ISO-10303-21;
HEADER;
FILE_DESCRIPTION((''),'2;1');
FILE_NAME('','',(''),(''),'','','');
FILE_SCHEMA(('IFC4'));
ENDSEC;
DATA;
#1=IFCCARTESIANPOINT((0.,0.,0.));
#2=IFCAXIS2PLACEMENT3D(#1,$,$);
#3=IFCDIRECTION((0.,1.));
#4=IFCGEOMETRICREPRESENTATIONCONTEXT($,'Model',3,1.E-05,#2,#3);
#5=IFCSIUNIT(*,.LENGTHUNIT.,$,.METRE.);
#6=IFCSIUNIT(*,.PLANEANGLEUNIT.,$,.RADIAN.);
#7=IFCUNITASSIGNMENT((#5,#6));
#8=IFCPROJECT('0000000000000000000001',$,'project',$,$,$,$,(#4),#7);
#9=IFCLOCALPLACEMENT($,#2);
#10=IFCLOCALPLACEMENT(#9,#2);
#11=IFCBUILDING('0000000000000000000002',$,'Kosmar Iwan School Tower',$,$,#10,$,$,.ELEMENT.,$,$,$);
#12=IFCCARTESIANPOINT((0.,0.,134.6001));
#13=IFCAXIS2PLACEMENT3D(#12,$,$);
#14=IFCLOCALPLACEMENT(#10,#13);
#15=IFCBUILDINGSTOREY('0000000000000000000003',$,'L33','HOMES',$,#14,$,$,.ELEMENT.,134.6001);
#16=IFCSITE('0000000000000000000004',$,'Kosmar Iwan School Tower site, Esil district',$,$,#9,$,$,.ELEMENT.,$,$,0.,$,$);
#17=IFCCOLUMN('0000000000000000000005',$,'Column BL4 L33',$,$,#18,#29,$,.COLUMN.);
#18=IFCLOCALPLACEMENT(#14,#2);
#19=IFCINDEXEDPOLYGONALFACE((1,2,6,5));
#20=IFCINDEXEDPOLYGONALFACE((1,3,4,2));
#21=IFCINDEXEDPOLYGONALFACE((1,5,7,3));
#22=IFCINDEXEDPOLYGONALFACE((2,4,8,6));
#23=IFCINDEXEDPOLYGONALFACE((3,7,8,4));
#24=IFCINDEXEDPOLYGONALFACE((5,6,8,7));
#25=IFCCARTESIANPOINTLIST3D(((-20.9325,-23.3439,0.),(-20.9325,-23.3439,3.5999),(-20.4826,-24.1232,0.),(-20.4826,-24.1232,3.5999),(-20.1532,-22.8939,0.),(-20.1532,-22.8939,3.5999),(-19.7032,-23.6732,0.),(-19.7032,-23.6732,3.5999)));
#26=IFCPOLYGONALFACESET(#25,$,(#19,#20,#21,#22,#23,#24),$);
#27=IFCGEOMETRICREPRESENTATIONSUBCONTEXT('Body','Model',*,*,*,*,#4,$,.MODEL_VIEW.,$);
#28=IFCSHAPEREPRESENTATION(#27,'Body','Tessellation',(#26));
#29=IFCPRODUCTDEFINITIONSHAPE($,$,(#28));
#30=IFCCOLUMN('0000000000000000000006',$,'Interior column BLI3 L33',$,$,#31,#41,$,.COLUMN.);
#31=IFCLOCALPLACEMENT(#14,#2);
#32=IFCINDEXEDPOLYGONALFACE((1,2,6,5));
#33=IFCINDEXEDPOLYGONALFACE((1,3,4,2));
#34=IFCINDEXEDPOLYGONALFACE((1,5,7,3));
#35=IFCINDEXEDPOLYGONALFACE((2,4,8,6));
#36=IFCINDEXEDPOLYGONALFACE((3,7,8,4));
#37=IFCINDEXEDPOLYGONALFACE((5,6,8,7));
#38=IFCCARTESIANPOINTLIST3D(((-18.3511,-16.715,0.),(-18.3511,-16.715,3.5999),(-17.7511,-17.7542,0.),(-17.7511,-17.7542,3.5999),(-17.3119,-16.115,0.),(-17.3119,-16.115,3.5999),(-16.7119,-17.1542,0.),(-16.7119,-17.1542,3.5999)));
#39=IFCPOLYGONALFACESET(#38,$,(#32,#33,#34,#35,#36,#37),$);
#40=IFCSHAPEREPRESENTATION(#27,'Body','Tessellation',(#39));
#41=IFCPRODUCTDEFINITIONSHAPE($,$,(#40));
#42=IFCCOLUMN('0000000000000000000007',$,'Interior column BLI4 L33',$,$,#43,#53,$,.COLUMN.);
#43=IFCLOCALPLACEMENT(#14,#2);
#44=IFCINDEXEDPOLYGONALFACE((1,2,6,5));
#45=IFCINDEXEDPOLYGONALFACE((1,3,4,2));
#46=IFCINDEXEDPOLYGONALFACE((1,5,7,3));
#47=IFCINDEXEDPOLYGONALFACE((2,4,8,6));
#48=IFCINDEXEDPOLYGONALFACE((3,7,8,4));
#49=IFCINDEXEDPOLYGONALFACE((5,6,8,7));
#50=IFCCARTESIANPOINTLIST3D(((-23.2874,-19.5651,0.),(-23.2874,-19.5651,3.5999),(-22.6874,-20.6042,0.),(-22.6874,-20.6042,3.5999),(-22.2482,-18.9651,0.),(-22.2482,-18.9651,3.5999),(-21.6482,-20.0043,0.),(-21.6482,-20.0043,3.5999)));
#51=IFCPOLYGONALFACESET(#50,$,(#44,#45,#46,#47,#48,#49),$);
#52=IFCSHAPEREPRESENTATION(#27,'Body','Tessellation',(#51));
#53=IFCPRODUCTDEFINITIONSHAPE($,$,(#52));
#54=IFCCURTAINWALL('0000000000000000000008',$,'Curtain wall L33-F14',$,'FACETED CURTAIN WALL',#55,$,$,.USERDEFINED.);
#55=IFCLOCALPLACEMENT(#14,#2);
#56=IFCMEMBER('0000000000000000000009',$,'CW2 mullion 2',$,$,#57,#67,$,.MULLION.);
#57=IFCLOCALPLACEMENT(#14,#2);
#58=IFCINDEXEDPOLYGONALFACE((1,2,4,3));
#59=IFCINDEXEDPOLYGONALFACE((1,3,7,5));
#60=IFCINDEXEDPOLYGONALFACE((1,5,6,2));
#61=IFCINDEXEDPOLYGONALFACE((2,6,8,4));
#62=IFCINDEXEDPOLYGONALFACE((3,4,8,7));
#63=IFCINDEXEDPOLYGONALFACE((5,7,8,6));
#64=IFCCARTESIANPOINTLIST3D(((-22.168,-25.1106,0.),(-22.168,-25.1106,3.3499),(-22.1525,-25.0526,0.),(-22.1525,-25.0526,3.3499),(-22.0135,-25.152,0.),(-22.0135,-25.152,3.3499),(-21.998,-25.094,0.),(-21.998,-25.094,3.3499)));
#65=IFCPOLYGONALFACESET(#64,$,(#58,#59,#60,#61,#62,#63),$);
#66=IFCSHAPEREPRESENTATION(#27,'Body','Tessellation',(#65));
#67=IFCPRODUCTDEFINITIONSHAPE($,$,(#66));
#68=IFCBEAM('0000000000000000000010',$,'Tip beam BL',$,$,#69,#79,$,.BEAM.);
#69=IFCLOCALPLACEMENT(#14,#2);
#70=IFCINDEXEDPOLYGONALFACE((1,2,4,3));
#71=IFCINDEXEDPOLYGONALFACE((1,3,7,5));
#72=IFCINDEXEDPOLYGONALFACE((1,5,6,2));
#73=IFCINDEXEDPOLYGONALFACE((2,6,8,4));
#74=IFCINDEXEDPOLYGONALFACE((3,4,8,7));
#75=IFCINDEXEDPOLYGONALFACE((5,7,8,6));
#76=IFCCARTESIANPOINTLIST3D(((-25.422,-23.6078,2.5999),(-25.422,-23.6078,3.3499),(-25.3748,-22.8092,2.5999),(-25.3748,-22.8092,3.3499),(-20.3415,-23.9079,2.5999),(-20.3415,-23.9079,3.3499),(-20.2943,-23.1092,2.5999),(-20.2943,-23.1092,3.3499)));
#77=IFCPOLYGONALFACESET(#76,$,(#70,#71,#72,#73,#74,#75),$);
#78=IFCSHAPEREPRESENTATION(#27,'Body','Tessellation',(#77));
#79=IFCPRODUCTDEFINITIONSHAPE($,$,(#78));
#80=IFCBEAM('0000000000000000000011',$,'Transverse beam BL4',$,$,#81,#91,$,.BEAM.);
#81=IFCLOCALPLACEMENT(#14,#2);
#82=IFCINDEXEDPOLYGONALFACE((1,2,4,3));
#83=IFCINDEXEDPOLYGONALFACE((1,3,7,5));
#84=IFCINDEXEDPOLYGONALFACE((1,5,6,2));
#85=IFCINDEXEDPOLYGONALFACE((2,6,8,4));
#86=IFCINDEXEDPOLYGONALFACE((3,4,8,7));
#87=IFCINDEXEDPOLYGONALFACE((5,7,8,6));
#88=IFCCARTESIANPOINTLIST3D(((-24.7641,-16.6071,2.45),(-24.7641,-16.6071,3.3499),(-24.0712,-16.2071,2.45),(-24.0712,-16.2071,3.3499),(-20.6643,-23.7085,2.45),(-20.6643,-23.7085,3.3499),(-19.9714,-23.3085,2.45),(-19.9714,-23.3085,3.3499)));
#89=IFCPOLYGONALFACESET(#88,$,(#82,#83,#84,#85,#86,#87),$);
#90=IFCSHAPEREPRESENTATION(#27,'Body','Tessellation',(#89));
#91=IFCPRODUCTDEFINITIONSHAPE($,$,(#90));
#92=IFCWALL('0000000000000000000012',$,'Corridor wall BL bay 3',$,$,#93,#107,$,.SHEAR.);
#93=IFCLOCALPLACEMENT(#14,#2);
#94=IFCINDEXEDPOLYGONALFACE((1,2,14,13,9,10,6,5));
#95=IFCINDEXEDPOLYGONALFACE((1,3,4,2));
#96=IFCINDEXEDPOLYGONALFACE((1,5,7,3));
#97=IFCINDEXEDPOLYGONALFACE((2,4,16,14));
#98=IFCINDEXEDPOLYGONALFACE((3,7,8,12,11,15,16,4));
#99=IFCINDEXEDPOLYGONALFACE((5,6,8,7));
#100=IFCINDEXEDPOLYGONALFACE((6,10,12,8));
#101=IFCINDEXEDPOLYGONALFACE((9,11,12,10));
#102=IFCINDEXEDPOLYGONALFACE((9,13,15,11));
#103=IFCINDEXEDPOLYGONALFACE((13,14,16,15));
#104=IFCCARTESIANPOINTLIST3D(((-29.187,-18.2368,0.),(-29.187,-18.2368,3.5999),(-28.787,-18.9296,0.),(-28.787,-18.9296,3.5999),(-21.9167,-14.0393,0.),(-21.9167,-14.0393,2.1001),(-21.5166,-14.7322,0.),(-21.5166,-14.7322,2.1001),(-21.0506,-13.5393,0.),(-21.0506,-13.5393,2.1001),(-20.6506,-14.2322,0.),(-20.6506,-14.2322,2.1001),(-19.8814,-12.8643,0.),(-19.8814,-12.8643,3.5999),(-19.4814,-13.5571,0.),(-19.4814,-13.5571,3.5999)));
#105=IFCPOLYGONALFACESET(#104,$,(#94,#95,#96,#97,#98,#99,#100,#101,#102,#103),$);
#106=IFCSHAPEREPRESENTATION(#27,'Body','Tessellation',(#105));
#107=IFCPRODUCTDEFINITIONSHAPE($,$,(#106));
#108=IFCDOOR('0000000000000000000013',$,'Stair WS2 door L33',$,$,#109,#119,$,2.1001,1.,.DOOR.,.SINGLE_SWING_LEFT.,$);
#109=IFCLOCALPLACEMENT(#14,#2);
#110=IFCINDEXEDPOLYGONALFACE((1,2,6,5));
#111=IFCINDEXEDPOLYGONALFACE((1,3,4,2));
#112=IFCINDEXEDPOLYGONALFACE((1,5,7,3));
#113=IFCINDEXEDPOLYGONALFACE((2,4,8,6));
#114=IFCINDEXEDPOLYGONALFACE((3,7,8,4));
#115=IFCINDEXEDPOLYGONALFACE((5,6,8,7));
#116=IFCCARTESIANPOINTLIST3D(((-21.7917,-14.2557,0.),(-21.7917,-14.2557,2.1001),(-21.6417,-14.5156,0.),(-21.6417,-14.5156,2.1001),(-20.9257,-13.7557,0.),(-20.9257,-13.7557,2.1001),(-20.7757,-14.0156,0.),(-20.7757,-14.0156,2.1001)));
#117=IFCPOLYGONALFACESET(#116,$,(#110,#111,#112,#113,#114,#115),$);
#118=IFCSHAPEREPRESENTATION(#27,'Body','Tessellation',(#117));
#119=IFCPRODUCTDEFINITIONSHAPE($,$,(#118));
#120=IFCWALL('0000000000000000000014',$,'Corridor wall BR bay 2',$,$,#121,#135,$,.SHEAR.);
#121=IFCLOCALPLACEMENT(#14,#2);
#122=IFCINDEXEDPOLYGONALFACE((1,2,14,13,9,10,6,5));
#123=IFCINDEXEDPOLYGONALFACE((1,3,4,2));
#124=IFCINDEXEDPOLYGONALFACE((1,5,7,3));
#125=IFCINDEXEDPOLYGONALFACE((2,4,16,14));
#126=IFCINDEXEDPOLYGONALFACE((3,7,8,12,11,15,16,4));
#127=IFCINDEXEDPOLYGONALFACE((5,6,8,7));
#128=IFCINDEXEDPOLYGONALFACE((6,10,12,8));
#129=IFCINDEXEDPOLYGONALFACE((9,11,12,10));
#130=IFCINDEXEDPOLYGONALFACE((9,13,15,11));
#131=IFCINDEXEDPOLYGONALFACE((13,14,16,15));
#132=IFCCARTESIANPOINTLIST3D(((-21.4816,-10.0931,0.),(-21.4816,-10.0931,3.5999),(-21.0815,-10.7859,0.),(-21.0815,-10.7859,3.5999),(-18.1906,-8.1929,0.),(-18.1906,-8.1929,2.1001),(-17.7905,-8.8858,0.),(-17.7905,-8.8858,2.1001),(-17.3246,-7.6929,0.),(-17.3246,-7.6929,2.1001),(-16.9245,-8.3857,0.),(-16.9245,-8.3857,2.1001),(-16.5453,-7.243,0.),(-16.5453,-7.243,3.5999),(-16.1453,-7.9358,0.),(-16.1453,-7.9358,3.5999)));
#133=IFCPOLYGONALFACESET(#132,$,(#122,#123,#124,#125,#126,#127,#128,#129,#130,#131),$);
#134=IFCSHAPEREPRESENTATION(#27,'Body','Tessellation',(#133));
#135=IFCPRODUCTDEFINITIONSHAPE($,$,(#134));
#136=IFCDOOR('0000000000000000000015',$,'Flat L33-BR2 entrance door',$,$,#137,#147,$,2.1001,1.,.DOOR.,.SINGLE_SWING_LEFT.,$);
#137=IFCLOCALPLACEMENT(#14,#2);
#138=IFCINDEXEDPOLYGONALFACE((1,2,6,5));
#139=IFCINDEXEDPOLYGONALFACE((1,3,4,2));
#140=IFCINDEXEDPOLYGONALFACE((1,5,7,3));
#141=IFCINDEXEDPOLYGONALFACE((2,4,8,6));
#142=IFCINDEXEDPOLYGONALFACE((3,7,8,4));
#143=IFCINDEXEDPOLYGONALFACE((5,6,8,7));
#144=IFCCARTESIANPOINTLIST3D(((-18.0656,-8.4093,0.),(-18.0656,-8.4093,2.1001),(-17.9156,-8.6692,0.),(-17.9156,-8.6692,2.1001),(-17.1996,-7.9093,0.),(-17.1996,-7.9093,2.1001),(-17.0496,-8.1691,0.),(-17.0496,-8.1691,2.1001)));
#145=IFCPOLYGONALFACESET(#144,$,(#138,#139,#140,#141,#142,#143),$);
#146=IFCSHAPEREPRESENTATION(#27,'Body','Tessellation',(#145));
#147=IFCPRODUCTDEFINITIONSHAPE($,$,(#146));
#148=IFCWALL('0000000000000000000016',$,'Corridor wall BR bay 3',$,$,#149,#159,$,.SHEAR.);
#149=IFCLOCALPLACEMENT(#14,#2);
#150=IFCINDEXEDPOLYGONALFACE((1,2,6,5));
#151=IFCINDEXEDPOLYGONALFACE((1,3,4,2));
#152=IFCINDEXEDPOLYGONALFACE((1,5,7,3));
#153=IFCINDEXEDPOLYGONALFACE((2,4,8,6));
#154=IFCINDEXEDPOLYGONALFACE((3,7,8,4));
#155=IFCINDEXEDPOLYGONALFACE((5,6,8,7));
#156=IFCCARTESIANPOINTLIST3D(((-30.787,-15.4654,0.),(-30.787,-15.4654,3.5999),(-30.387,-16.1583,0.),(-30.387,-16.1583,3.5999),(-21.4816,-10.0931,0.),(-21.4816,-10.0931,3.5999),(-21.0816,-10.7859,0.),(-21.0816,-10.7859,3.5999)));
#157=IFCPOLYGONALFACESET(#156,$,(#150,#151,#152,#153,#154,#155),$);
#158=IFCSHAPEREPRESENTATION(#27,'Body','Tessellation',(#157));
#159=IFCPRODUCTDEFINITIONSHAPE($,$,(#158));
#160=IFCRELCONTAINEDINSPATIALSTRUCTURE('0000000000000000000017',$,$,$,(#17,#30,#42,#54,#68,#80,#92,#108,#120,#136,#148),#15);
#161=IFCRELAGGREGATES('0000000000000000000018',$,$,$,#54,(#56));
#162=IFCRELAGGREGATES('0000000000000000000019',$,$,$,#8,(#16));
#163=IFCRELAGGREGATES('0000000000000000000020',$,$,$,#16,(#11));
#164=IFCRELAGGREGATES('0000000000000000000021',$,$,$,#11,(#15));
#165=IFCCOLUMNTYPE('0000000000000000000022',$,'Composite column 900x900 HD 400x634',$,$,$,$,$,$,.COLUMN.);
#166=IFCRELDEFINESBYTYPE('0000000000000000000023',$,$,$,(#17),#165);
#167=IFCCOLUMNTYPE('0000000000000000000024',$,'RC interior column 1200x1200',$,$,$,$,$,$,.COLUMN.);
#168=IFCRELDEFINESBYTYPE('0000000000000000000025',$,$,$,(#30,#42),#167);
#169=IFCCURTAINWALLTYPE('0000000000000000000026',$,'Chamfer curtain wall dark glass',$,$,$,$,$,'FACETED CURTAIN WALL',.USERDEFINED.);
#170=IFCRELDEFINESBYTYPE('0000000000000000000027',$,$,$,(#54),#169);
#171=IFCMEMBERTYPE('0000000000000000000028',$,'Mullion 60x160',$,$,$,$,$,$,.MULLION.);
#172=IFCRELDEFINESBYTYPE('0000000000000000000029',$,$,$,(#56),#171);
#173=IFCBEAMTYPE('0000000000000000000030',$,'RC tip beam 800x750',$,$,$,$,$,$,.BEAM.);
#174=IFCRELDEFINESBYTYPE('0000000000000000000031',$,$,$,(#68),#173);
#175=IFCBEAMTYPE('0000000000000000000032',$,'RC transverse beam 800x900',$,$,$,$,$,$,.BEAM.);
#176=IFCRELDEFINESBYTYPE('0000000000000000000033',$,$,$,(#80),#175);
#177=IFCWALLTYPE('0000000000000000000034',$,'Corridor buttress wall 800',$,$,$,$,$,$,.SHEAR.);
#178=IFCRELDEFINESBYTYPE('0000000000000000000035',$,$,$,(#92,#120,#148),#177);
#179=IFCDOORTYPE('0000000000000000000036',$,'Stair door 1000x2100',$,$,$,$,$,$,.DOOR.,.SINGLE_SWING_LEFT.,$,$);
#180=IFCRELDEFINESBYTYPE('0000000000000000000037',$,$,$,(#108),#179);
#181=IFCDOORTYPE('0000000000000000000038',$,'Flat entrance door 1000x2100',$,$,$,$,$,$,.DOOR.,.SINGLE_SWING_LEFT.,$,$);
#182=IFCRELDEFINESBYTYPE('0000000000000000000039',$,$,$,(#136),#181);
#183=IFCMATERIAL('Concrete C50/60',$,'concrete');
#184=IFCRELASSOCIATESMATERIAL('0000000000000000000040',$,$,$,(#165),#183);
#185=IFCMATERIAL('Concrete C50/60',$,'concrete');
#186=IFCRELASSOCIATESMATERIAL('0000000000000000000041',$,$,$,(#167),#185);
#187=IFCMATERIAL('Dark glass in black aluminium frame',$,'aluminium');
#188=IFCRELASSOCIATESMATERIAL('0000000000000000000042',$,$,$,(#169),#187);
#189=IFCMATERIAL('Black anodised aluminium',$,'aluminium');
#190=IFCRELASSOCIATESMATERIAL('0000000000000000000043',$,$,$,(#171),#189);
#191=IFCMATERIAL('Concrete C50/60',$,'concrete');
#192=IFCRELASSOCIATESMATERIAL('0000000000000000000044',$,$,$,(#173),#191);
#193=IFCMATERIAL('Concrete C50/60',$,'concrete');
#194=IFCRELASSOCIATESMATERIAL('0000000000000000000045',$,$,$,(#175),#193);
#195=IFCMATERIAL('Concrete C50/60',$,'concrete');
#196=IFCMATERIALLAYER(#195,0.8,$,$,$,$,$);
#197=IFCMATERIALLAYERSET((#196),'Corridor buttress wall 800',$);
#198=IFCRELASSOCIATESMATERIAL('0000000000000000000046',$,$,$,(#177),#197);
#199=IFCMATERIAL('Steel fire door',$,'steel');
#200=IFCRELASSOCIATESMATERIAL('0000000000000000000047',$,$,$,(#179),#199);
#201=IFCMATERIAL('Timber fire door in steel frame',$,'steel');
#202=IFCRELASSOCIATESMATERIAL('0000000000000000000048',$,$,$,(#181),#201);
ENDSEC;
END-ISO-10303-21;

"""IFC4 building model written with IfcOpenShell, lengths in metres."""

from ifc_helpers import new_model, si_unit, direction, frame, frame_2d, origin, origin_2d, place, context, subcontext, project, spatial, rectangle, extrude, material, layer, layer_set, material_profile, profile_set, type_object, element, fill, aggregate, save


model = new_model("IFC4")

# Units and contexts
model_context = context("Model", 3, precision=1e-05, world=origin(), true_north=direction((0.0, 1.0)))
body_context = subcontext(model_context, "Body", "Model", "MODEL_VIEW")
ifc_project = project(units=[si_unit("LENGTHUNIT", "METRE"), si_unit("PLANEANGLEUNIT", "RADIAN")], contexts=[model_context])

# Site, building, storey
site_placement = place(None, origin())
site = spatial("IfcSite", under=ifc_project, at=site_placement, Name="Kosmar Iwan School Tower site, Esil district", CompositionType="ELEMENT", RefElevation=0.0)
building_placement = place(site_placement, origin())
building = spatial("IfcBuilding", under=site, at=building_placement, Name="Kosmar Iwan School Tower", CompositionType="ELEMENT")
storey_placement = place(building_placement, frame((0.0, 0.0, 134.6001)))
storey = spatial("IfcBuildingStorey", under=building, at=storey_placement, Name="L33", Description="HOMES", CompositionType="ELEMENT", Elevation=134.6001)

# Columns
ifc_material_1 = material(Name="Concrete C50/60", Category="concrete")
ifc_material_profile_1 = material_profile(ifc_material_1, rectangle(XDim=0.8999, YDim=0.8999, at=origin_2d()), Name="RC 900x900 + HD 400x634")
ifc_profile_set_1 = profile_set([ifc_material_profile_1], Name="Concrete C50/60")
column_type_1 = type_object("IfcColumnType", Name="Composite column 900x900 HD 400x634", PredefinedType="COLUMN", material=ifc_profile_set_1)
column_placement = place(storey_placement, frame((-20.3179, -23.5085, 0.0), z_axis=(0.0, 0.0, 1.0), x_axis=(-0.866025, -0.5, 0.0)))
element("IfcColumn", 1, at=column_placement, inside=storey, type_object=column_type_1, Name="Column BL4 L33", PredefinedType="COLUMN", context=body_context, shape_type="SweptSolid", body=[
    extrude(rectangle(XDim=0.8999, YDim=0.8999, at=origin_2d()), origin(), (0.0, 0.0, 1.0), 3.5999),
])
ifc_material_2 = material(Name="Concrete C50/60", Category="concrete")
ifc_material_profile_2 = material_profile(ifc_material_2, rectangle(XDim=1.2, YDim=1.2, at=origin_2d()), Name="RC 1200x1200")
ifc_profile_set_2 = profile_set([ifc_material_profile_2], Name="Concrete C50/60")
column_type_2 = type_object("IfcColumnType", Name="RC interior column 1200x1200", PredefinedType="COLUMN", material=ifc_profile_set_2)
for number, where, z_axis, x_axis, name in (
    (2, (-17.5315, -16.9346, 0.0), (0.0, 0.0, 1.0), (-0.866025, -0.5, 0.0), "Interior column BLI3 L33"),
    (3, (-22.4678, -19.7847, 0.0), (0.0, 0.0, 1.0), (-0.866025, -0.5, 0.0), "Interior column BLI4 L33"),
):
    element("IfcColumn", number, at=place(storey_placement, frame(where, z_axis=z_axis, x_axis=x_axis)), inside=storey, type_object=column_type_2, Name=name, PredefinedType="COLUMN", context=body_context, shape_type="SweptSolid", body=[
        extrude(rectangle(XDim=1.2, YDim=1.2, at=origin_2d()), origin(), (0.0, 0.0, 1.0), 3.5999),
    ])

# Curtain wall, member
ifc_material_3 = material(Name="Dark glass in black aluminium frame", Category="aluminium")
curtain_wall_type = type_object("IfcCurtainWallType", Name="Chamfer curtain wall dark glass", ElementType="FACETED CURTAIN WALL", PredefinedType="USERDEFINED", material=ifc_material_3)
curtain_wall_placement = place(storey_placement, origin())
curtain_wall = element("IfcCurtainWall", 4, at=curtain_wall_placement, inside=storey, type_object=curtain_wall_type, Name="Curtain wall L33-F14", ObjectType="FACETED CURTAIN WALL", PredefinedType="USERDEFINED")
ifc_material_4 = material(Name="Black anodised aluminium", Category="aluminium")
ifc_material_profile_3 = material_profile(ifc_material_4, rectangle(XDim=0.0601, YDim=0.1599, at=origin_2d()), Name="MULLION 60x160")
ifc_profile_set_3 = profile_set([ifc_material_profile_3], Name="Black anodised aluminium")
member_type = type_object("IfcMemberType", Name="Mullion 60x160", PredefinedType="MULLION", material=ifc_profile_set_3)
member_placement = place(storey_placement, frame((-22.083, -25.1023, 0.0), z_axis=(0.0, 0.0, 1.0), x_axis=(0.258819, 0.965926, 0.0)))
member = element("IfcMember", 5, at=member_placement, type_object=member_type, Name="CW2 mullion 2", PredefinedType="MULLION", context=body_context, shape_type="SweptSolid", body=[
    extrude(rectangle(XDim=0.0601, YDim=0.1599, at=origin_2d()), origin(), (0.0, 0.0, 1.0), 3.3499),
])
aggregate(curtain_wall, [member])

# Beams
ifc_material_5 = material(Name="Concrete C50/60", Category="concrete")
ifc_material_profile_4 = material_profile(ifc_material_5, rectangle(XDim=0.8, YDim=0.75, at=origin_2d()), Name="RC 800x750")
ifc_profile_set_4 = profile_set([ifc_material_profile_4], Name="Concrete C50/60")
beam_type_1 = type_object("IfcBeamType", Name="RC tip beam 800x750", PredefinedType="BEAM", material=ifc_profile_set_4)
beam_1_placement = place(storey_placement, frame((-20.3179, -23.5085, 2.9749), z_axis=(-0.998261, 0.058955, 0.0), x_axis=(-0.058955, -0.998261, 0.0)))
element("IfcBeam", 6, at=beam_1_placement, inside=storey, type_object=beam_type_1, Name="Tip beam BL", PredefinedType="BEAM", context=body_context, shape_type="SweptSolid", body=[
    extrude(rectangle(XDim=0.8, YDim=0.75, at=origin_2d()), origin(), (0.0, 0.0, 1.0), 5.0894),
])
ifc_material_6 = material(Name="Concrete C50/60", Category="concrete")
ifc_material_profile_5 = material_profile(ifc_material_6, rectangle(XDim=0.8, YDim=0.8999, at=origin_2d()), Name="RC 800x900")
ifc_profile_set_5 = profile_set([ifc_material_profile_5], Name="Concrete C50/60")
beam_type_2 = type_object("IfcBeamType", Name="RC transverse beam 800x900", PredefinedType="BEAM", material=ifc_profile_set_5)
beam_2_placement = place(storey_placement, frame((-20.3179, -23.5085, 2.8999), z_axis=(-0.499978, 0.866038, 0.0), x_axis=(-0.866038, -0.499978, 0.0)))
element("IfcBeam", 7, at=beam_2_placement, inside=storey, type_object=beam_type_2, Name="Transverse beam BL4", PredefinedType="BEAM", context=body_context, shape_type="SweptSolid", body=[
    extrude(rectangle(XDim=0.8, YDim=0.8999, at=origin_2d()), origin(), (0.0, 0.0, 1.0), 8.2),
])

# Walls, openings, doors
ifc_material_7 = material(Name="Concrete C50/60", Category="concrete")
ifc_layer_1 = layer(ifc_material_7, 0.8)
ifc_layer_set_1 = layer_set([ifc_layer_1], Name="Corridor buttress wall 800")
wall_type_1 = type_object("IfcWallType", Name="Corridor buttress wall 800", PredefinedType="SHEAR", material=ifc_layer_set_1)
wall_1_placement = place(storey_placement, frame((-19.6814, -13.2107, 0.0), z_axis=(0.0, 0.0, 1.0), x_axis=(-0.866028, -0.499995, 0.0)))
wall_1 = element("IfcWall", 8, at=wall_1_placement, inside=storey, type_object=wall_type_1, Name="Corridor wall BL bay 3", PredefinedType="SHEAR", context=body_context, shape_type="SweptSolid", body=[
    extrude(rectangle(XDim=10.7451, YDim=0.8, at=frame_2d((5.3726, 0.0))), origin(), (0.0, 0.0, 1.0), 3.5999),
])
opening_1_placement = place(wall_1_placement, frame((1.3501, 0.0, 0.0)))
opening_1 = element("IfcOpeningElement", 9, at=opening_1_placement, cuts=wall_1, PredefinedType="OPENING", context=body_context, shape_type="SweptSolid", body=[
    extrude(rectangle(XDim=1.0, YDim=2.1001, at=frame_2d((0.5, 1.05))), frame((0.0, 0.4121, 0.0), z_axis=(0.0, -1.0, 0.0), x_axis=(1.0, 0.0, 0.0)), (0.0, 0.0, 1.0), 0.824),
])
ifc_material_8 = material(Name="Steel fire door", Category="steel")
door_type_1 = type_object("IfcDoorType", Name="Stair door 1000x2100", OperationType="SINGLE_SWING_LEFT", PredefinedType="DOOR", material=ifc_material_8)
door_1_placement = place(opening_1_placement, origin())
door_1 = element("IfcDoor", 10, at=door_1_placement, inside=storey, type_object=door_type_1, Name="Stair WS2 door L33", OperationType="SINGLE_SWING_LEFT", OverallHeight=2.1001, OverallWidth=1.0, PredefinedType="DOOR", context=body_context, shape_type="SweptSolid", body=[
    extrude(rectangle(XDim=1.0, YDim=2.1001, at=frame_2d((0.5, 1.05))), frame((0.0, 0.1499, 0.0), z_axis=(0.0, -1.0, 0.0), x_axis=(1.0, 0.0, 0.0)), (0.0, 0.0, 1.0), 0.3),
])
fill(opening_1, door_1)
wall_2_placement = place(storey_placement, frame((-16.3452, -7.5894, 0.0), z_axis=(0.0, 0.0, 1.0), x_axis=(-0.866015, -0.500018, 0.0)))
wall_2 = element("IfcWall", 11, at=wall_2_placement, inside=storey, type_object=wall_type_1, Name="Corridor wall BR bay 2", PredefinedType="SHEAR", context=body_context, shape_type="SweptSolid", body=[
    extrude(rectangle(XDim=5.7, YDim=0.8, at=frame_2d((2.8501, 0.0))), origin(), (0.0, 0.0, 1.0), 3.5999),
])
opening_2_placement = place(wall_2_placement, frame((0.8999, 0.0, 0.0)))
opening_2 = element("IfcOpeningElement", 12, at=opening_2_placement, cuts=wall_2, PredefinedType="OPENING", context=body_context, shape_type="SweptSolid", body=[
    extrude(rectangle(XDim=1.0, YDim=2.1001, at=frame_2d((0.5, 1.05))), frame((0.0, 0.4121, 0.0), z_axis=(0.0, -1.0, 0.0), x_axis=(1.0, 0.0, 0.0)), (0.0, 0.0, 1.0), 0.824),
])
ifc_material_9 = material(Name="Timber fire door in steel frame", Category="steel")
door_type_2 = type_object("IfcDoorType", Name="Flat entrance door 1000x2100", OperationType="SINGLE_SWING_LEFT", PredefinedType="DOOR", material=ifc_material_9)
door_2_placement = place(opening_2_placement, origin())
door_2 = element("IfcDoor", 13, at=door_2_placement, inside=storey, type_object=door_type_2, Name="Flat L33-BR2 entrance door", OperationType="SINGLE_SWING_LEFT", OverallHeight=2.1001, OverallWidth=1.0, PredefinedType="DOOR", context=body_context, shape_type="SweptSolid", body=[
    extrude(rectangle(XDim=1.0, YDim=2.1001, at=frame_2d((0.5, 1.05))), frame((0.0, 0.1499, 0.0), z_axis=(0.0, -1.0, 0.0), x_axis=(1.0, 0.0, 0.0)), (0.0, 0.0, 1.0), 0.3),
])
fill(opening_2, door_2)

# Wall
wall_3_placement = place(storey_placement, frame((-21.2815, -10.4395, 0.0), z_axis=(0.0, 0.0, 1.0), x_axis=(-0.866032, -0.499988, 0.0)))
element("IfcWall", 14, at=wall_3_placement, inside=storey, type_object=wall_type_1, Name="Corridor wall BR bay 3", PredefinedType="SHEAR", context=body_context, shape_type="SweptSolid", body=[
    extrude(rectangle(XDim=10.7449, YDim=0.8, at=frame_2d((5.3726, 0.0))), origin(), (0.0, 0.0, 1.0), 3.5999),
])

save(model, "model.ifc")
